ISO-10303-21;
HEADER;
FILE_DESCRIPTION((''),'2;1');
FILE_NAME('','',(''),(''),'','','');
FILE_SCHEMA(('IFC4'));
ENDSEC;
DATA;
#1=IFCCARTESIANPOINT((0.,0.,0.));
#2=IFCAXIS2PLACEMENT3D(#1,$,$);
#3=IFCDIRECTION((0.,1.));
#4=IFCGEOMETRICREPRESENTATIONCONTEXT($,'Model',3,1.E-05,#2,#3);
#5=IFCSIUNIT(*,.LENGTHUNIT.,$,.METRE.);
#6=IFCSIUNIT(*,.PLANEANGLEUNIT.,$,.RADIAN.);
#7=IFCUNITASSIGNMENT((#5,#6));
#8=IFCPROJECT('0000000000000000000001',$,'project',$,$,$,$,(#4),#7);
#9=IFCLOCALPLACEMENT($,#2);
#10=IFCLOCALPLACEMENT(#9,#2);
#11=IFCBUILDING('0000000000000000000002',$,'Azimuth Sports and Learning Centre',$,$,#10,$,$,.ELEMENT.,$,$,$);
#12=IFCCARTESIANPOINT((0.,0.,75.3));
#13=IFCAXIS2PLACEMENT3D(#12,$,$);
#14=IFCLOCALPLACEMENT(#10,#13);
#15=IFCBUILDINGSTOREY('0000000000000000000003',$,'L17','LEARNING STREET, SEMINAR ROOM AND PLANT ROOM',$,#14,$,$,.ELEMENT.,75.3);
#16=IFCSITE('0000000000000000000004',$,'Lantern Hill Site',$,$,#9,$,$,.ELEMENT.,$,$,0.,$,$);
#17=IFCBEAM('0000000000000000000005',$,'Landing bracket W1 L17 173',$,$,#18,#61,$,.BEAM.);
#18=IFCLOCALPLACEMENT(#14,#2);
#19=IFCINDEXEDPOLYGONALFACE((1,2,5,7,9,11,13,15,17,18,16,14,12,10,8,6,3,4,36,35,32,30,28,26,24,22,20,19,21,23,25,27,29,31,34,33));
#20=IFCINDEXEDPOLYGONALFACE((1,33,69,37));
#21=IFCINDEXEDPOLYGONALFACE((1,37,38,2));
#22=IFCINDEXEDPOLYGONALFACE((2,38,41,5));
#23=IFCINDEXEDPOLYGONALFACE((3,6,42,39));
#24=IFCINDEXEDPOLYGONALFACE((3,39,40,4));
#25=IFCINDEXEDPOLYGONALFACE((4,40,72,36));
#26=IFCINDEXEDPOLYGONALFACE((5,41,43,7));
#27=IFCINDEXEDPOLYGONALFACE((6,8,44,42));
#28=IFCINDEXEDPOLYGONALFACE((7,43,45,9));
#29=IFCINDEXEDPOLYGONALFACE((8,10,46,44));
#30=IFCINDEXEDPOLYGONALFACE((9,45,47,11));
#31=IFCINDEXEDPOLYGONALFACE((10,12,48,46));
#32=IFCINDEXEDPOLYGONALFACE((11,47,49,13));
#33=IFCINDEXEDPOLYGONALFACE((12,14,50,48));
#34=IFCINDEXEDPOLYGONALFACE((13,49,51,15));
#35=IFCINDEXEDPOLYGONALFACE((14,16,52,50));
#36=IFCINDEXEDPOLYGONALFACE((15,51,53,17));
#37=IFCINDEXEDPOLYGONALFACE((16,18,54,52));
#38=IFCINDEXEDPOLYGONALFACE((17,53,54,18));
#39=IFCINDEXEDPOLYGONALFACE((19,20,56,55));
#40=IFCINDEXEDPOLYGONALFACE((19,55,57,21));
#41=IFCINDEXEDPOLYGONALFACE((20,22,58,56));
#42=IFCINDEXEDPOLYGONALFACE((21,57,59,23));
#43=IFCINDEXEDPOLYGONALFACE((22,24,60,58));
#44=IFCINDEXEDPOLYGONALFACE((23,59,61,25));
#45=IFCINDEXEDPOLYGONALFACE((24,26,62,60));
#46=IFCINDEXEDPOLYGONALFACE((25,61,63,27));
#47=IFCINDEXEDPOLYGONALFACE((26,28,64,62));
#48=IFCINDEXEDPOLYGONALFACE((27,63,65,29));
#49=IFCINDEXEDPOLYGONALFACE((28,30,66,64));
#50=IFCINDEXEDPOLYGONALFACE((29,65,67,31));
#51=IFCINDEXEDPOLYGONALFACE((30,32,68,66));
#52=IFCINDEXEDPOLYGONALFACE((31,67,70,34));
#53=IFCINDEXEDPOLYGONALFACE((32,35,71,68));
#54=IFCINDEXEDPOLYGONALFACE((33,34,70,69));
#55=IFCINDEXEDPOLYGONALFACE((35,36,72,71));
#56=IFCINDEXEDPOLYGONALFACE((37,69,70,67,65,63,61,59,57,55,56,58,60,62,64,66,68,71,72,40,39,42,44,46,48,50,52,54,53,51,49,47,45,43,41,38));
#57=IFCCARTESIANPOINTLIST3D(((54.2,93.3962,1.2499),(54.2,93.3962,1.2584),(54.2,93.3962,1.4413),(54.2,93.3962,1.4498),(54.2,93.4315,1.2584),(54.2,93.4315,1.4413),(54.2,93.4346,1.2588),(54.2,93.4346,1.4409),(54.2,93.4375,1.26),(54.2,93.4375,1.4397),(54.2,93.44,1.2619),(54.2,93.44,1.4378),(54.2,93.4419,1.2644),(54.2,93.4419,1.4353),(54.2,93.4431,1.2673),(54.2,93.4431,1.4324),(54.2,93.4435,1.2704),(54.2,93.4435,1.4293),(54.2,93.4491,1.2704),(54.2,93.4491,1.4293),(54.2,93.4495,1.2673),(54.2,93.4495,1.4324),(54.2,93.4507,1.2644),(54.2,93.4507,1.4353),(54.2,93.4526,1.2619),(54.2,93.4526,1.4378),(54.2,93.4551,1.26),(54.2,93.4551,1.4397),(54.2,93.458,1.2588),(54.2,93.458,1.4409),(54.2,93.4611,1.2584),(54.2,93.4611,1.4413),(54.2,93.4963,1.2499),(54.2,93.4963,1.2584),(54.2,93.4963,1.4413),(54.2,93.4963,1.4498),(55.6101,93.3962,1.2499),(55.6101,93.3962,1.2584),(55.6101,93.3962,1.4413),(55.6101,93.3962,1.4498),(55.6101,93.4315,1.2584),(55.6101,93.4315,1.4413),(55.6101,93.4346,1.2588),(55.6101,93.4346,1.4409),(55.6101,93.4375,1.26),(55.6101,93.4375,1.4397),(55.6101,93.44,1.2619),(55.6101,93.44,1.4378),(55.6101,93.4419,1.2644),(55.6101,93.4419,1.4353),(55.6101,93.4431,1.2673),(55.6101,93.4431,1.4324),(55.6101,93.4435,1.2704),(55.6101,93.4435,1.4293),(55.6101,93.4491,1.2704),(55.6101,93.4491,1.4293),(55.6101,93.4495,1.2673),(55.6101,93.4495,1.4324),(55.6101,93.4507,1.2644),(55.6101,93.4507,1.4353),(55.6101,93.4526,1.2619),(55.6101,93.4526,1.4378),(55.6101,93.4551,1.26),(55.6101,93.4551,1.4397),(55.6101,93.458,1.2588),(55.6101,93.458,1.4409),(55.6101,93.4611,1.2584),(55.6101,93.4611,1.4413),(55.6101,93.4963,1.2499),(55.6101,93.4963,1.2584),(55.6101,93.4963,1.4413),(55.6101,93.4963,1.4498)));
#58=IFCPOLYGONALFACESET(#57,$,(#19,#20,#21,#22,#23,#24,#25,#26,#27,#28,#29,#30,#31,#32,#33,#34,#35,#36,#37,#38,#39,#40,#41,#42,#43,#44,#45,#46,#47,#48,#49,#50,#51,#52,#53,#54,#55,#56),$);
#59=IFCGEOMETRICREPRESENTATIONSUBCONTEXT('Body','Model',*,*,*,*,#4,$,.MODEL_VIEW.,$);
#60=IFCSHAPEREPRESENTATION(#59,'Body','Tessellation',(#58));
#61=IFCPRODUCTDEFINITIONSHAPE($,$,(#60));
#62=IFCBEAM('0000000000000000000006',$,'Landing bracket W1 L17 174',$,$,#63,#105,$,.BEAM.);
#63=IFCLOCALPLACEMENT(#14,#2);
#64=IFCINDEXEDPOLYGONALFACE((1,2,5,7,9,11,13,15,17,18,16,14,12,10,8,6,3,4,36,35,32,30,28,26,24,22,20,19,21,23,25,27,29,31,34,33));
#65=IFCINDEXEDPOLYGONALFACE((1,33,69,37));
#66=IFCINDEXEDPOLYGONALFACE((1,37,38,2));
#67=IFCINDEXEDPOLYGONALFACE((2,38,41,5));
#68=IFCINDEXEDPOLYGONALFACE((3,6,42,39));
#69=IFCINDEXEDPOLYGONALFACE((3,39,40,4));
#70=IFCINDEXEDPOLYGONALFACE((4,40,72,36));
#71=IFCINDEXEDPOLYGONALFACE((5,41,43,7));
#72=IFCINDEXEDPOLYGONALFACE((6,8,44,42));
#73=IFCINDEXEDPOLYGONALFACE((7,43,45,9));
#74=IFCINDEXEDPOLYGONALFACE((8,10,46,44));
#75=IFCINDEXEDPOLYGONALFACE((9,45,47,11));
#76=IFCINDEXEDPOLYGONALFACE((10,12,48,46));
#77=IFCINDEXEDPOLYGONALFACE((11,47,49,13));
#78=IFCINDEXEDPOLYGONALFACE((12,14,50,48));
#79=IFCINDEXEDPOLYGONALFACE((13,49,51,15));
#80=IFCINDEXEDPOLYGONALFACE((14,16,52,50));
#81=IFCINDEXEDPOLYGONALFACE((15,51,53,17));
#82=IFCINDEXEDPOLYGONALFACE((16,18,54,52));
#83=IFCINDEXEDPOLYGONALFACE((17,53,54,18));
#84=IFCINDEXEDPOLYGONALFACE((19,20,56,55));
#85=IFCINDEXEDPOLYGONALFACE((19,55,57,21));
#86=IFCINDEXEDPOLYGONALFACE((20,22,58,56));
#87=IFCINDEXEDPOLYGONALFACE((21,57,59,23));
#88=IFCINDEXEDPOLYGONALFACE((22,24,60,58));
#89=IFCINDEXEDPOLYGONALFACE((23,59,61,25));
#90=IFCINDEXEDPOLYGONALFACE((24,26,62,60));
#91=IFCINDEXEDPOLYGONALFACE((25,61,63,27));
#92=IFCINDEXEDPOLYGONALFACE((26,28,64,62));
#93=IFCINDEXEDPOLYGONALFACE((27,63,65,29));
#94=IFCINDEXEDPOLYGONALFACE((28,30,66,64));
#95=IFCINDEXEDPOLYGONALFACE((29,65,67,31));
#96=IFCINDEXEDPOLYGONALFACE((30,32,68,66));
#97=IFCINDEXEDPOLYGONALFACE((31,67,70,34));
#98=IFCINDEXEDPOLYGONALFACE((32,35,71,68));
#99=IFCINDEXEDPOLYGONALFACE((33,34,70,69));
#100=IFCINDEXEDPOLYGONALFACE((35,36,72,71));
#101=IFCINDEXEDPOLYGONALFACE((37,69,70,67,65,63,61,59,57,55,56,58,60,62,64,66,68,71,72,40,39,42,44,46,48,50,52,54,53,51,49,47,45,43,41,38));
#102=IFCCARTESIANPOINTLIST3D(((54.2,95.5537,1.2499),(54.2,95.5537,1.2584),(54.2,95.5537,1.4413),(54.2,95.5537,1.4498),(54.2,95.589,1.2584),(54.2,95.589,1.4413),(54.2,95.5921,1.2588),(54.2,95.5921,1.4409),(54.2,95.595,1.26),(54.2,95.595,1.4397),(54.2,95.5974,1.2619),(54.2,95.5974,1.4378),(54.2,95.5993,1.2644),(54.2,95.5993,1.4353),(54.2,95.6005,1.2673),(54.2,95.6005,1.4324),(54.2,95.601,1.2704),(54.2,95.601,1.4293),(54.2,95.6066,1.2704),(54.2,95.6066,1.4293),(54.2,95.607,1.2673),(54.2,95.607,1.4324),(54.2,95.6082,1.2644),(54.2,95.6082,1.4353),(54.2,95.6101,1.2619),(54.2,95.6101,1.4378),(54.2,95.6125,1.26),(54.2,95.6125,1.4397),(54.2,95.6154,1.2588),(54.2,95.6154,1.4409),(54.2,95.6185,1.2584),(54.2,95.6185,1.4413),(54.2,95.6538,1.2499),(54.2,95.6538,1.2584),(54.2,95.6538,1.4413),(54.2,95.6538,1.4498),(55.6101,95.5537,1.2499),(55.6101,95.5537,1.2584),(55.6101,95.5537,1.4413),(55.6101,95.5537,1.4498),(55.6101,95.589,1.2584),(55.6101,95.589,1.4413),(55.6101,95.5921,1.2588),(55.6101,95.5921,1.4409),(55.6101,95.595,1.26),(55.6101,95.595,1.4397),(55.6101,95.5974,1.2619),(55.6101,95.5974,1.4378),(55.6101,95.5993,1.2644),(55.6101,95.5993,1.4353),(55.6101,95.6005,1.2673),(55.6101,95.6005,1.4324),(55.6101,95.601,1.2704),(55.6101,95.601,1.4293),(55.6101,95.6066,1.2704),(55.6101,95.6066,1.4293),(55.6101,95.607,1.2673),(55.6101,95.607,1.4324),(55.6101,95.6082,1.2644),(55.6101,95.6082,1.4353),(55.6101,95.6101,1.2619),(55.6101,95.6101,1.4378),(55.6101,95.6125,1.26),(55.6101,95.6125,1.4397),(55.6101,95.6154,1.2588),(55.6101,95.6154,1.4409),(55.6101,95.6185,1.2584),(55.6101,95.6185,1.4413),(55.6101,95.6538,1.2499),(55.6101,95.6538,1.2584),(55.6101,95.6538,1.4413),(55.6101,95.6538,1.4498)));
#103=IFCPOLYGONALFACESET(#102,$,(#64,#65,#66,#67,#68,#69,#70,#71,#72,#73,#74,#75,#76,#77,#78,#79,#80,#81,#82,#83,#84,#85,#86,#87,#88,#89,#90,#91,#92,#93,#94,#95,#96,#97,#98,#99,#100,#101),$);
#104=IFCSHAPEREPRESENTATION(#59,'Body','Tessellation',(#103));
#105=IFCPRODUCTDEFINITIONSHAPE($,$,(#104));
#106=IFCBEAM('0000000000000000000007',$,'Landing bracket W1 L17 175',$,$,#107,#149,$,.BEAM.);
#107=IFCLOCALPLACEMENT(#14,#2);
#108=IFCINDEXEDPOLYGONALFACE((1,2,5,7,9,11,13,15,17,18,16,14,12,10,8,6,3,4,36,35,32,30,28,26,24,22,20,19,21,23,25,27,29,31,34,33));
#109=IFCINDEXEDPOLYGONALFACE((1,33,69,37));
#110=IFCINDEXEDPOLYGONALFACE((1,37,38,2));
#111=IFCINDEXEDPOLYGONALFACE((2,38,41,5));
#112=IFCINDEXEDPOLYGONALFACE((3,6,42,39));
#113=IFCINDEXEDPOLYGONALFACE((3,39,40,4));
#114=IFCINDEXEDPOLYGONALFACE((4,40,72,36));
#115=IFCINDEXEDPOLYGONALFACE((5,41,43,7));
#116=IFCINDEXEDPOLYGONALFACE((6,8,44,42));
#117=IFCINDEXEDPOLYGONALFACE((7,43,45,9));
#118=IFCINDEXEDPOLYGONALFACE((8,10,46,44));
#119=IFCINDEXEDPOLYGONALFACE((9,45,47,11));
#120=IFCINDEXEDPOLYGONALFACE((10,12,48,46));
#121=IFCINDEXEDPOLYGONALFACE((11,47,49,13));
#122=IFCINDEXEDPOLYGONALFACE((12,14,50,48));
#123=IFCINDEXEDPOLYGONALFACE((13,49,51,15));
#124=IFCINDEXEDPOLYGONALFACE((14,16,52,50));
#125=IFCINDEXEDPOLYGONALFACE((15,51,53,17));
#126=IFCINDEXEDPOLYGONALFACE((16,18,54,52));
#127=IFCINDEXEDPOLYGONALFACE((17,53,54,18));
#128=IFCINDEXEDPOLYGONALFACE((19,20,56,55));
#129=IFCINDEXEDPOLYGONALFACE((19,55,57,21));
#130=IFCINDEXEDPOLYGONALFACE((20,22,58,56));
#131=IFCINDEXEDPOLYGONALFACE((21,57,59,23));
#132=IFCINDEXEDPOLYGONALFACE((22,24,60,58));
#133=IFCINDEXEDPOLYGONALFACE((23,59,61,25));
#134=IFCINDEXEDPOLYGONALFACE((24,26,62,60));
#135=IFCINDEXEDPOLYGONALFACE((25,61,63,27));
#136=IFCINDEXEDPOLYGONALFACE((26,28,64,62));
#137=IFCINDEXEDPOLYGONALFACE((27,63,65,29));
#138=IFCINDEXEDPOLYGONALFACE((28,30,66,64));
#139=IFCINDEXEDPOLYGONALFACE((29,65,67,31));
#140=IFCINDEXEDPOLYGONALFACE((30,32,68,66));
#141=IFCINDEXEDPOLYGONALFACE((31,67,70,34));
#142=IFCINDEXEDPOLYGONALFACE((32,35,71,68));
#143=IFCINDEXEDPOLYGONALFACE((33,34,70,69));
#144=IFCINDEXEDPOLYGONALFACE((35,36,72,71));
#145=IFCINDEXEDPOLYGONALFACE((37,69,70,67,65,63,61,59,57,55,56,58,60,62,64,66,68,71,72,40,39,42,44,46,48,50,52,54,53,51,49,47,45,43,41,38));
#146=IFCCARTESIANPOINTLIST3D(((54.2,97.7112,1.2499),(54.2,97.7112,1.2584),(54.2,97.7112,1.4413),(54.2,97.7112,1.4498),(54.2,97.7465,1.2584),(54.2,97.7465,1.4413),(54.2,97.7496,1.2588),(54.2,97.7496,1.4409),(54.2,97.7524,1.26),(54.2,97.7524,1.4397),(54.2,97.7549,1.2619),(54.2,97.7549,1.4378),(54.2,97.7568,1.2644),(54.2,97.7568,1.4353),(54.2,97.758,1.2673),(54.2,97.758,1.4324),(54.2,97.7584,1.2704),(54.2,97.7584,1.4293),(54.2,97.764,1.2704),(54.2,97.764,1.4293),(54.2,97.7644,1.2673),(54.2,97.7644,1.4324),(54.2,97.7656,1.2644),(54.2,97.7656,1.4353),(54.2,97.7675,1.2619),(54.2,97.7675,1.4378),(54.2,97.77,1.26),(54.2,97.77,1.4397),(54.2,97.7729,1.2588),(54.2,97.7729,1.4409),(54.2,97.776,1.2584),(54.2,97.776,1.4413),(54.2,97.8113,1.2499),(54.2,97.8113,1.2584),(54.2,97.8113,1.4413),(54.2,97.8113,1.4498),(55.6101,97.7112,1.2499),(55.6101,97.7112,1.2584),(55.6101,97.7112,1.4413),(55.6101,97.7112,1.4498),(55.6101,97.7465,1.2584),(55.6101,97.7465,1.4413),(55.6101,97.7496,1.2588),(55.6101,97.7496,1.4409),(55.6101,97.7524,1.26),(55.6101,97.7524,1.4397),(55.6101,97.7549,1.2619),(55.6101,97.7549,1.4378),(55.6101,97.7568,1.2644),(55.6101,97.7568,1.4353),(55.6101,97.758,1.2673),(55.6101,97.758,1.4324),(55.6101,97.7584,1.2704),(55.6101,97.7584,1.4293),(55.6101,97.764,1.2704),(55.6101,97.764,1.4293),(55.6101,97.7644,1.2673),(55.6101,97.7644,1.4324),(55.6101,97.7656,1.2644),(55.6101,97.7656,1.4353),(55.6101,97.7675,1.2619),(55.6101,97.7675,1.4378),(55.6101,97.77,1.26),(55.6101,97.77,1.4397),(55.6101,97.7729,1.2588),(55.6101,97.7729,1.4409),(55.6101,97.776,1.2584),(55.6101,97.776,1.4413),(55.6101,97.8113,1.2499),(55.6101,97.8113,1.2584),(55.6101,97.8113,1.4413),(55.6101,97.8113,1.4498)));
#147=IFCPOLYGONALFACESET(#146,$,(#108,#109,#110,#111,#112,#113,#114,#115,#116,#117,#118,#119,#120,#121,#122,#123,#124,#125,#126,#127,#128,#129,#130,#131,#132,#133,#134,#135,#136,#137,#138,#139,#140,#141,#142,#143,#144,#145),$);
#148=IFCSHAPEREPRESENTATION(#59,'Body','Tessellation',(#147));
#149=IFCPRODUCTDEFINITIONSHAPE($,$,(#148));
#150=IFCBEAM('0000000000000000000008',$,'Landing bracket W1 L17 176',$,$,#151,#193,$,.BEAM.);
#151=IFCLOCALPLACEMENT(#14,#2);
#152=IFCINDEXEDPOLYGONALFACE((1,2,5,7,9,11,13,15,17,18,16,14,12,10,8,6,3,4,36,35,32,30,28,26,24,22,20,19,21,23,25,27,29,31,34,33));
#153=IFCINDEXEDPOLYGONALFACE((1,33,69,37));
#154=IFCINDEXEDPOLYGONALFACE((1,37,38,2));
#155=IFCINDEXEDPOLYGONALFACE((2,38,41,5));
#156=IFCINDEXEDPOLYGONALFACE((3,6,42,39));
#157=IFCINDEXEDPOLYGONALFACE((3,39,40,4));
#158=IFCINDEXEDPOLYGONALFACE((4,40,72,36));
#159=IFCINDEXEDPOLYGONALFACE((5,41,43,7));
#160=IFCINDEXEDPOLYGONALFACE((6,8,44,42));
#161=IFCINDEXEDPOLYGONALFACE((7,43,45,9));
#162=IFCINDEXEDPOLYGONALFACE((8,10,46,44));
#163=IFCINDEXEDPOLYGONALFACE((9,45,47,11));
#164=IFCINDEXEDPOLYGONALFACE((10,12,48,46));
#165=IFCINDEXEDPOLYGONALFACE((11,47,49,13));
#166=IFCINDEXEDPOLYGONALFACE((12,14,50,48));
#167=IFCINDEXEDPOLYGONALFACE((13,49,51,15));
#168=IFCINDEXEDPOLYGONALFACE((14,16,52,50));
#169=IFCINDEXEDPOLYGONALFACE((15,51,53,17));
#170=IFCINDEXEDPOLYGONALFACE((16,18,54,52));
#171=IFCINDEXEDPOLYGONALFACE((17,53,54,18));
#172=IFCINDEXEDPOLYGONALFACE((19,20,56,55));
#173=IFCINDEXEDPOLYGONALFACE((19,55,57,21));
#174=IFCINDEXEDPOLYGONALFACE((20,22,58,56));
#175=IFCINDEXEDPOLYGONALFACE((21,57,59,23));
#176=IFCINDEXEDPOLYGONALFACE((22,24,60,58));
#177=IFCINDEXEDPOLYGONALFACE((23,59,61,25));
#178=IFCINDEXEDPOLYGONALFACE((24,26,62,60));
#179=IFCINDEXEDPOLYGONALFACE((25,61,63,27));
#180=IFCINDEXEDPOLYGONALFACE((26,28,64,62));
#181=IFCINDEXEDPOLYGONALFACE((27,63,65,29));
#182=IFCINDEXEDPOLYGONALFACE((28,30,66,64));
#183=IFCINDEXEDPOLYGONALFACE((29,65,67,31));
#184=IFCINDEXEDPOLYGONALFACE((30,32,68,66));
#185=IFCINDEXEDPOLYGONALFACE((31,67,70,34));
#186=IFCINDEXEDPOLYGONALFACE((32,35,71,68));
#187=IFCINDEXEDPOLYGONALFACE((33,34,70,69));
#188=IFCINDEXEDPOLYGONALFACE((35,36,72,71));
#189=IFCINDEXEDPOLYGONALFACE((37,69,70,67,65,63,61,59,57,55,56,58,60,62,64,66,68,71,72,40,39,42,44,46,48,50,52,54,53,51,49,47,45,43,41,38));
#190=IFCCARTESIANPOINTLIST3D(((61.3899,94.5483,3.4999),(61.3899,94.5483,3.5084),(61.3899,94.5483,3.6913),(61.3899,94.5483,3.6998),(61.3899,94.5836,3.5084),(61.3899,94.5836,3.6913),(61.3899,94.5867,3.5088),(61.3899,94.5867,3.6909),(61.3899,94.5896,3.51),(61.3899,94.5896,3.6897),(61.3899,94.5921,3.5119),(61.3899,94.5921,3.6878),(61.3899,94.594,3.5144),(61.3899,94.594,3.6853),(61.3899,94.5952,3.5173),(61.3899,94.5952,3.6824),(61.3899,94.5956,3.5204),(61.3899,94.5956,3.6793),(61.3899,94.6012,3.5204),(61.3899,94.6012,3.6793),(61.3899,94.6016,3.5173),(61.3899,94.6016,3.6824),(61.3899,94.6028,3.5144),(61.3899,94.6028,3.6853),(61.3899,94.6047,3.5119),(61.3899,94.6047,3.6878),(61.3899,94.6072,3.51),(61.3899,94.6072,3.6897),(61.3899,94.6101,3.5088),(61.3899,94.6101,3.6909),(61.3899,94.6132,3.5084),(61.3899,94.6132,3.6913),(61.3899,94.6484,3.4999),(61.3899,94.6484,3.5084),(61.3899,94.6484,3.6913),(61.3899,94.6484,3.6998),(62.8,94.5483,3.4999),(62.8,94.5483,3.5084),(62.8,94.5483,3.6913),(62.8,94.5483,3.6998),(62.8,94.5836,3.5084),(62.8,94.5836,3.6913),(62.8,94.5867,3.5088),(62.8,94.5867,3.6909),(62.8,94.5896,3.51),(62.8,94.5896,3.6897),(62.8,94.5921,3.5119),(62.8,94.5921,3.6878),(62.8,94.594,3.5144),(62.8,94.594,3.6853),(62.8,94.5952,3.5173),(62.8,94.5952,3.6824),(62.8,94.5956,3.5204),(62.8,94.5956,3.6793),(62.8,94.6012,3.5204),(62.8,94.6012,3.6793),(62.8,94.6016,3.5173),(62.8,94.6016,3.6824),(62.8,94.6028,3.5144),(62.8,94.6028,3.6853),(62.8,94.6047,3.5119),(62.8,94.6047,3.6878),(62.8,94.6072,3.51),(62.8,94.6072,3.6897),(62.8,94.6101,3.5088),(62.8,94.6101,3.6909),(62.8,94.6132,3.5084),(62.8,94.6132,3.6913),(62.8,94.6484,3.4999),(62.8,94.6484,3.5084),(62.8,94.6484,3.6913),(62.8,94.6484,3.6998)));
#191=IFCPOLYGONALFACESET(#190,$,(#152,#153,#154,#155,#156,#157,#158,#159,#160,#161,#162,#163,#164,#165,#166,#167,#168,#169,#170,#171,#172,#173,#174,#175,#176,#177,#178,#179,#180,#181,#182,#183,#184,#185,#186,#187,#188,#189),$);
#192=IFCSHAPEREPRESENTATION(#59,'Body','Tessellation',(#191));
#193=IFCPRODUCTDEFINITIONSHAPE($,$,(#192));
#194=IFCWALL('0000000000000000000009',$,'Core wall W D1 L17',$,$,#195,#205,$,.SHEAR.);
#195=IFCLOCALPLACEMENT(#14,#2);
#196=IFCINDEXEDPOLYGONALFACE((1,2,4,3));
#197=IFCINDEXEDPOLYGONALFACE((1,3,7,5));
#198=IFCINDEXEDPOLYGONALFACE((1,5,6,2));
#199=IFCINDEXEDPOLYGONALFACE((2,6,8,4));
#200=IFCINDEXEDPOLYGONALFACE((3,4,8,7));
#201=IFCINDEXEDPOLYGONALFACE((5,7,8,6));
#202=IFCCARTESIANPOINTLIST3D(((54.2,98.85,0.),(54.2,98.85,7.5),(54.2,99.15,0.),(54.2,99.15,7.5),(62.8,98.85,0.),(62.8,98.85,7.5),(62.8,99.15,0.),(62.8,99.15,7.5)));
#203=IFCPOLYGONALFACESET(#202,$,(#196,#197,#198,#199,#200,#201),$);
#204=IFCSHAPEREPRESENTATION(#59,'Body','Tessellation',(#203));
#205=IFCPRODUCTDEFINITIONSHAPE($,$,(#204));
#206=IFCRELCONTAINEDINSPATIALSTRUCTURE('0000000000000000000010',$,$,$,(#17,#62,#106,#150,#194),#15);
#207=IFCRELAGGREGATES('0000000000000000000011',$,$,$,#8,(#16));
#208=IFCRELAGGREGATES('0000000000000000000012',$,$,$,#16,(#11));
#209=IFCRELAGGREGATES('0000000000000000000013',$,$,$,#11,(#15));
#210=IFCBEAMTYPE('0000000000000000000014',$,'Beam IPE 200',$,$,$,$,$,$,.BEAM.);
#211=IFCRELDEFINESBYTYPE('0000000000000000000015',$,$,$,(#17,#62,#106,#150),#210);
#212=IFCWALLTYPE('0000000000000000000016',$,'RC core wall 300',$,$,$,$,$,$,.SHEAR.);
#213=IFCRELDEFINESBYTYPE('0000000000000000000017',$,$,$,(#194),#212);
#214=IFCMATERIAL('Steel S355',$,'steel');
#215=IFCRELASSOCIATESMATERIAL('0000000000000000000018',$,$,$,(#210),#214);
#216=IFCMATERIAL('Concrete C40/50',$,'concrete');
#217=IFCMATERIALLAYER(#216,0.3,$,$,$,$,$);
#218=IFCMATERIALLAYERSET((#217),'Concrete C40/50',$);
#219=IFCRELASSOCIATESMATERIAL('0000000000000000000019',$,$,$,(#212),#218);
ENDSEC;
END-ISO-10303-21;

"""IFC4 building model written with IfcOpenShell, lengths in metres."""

from ifc_helpers import new_model, si_unit, direction, frame, frame_2d, origin, origin_2d, place, context, subcontext, project, spatial, rectangle, i_section, extrude, material, layer, layer_set, material_profile, profile_set, type_object, element, save


model = new_model("IFC4")

# Units and contexts
model_context = context("Model", 3, precision=1e-05, world=origin(), true_north=direction((0.0, 1.0)))
body_context = subcontext(model_context, "Body", "Model", "MODEL_VIEW")
ifc_project = project(units=[si_unit("LENGTHUNIT", "METRE"), si_unit("PLANEANGLEUNIT", "RADIAN")], contexts=[model_context])

# Site, building, storey
site_placement = place(None, origin())
site = spatial("IfcSite", under=ifc_project, at=site_placement, Name="Lantern Hill Site", CompositionType="ELEMENT", RefElevation=0.0)
building_placement = place(site_placement, origin())
building = spatial("IfcBuilding", under=site, at=building_placement, Name="Azimuth Sports and Learning Centre", CompositionType="ELEMENT")
storey_placement = place(building_placement, frame((0.0, 0.0, 75.3)))
storey = spatial("IfcBuildingStorey", under=building, at=storey_placement, Name="L17", Description="LEARNING STREET, SEMINAR ROOM AND PLANT ROOM", CompositionType="ELEMENT", Elevation=75.3)

# Beams
ifc_material_1 = material(Name="Steel S355", Category="steel")
ifc_material_profile = material_profile(ifc_material_1, i_section(OverallWidth=0.1001, OverallDepth=0.2, WebThickness=0.0056, FlangeThickness=0.0085, FilletRadius=0.012, at=origin_2d()), Name="IPE 200")
ifc_profile_set = profile_set([ifc_material_profile], Name="Steel S355")
beam_type = type_object("IfcBeamType", Name="Beam IPE 200", PredefinedType="BEAM", material=ifc_profile_set)
for number, where, z_axis, x_axis, name in (
    (1, (54.2, 93.4463, 1.3499), (1.0, 0.0, 0.0), (0.0, 1.0, 0.0), "Landing bracket W1 L17 173"),
    (2, (54.2, 95.6038, 1.3499), (1.0, 0.0, 0.0), (0.0, 1.0, 0.0), "Landing bracket W1 L17 174"),
    (3, (54.2, 97.7612, 1.3499), (1.0, 0.0, 0.0), (0.0, 1.0, 0.0), "Landing bracket W1 L17 175"),
    (4, (62.8, 94.5984, 3.5999), (-1.0, 0.0, 0.0), (0.0, -1.0, 0.0), "Landing bracket W1 L17 176"),
):
    element("IfcBeam", number, at=place(storey_placement, frame(where, z_axis=z_axis, x_axis=x_axis)), inside=storey, type_object=beam_type, Name=name, PredefinedType="BEAM", context=body_context, shape_type="SweptSolid", body=[
        extrude(i_section(OverallWidth=0.1001, OverallDepth=0.2, WebThickness=0.0056, FlangeThickness=0.0085, FilletRadius=0.012, at=origin_2d()), origin(), (0.0, 0.0, 1.0), 1.4102),
    ])

# Wall
ifc_material_2 = material(Name="Concrete C40/50", Category="concrete")
ifc_layer_1 = layer(ifc_material_2, 0.3)
ifc_layer_set_1 = layer_set([ifc_layer_1], Name="Concrete C40/50")
wall_type_1 = type_object("IfcWallType", Name="RC core wall 300", PredefinedType="SHEAR", material=ifc_layer_set_1)
wall_placement = place(storey_placement, frame((54.2, 99.0, 0.0), z_axis=(0.0, 0.0, 1.0), x_axis=(1.0, 0.0, 0.0)))
element("IfcWall", 5, at=wall_placement, inside=storey, type_object=wall_type_1, Name="Core wall W D1 L17", PredefinedType="SHEAR", context=body_context, shape_type="SweptSolid", body=[
    extrude(rectangle(XDim=8.6001, YDim=0.3, at=frame_2d((4.3, 0.0))), origin(), (0.0, 0.0, 1.0), 7.5),
])

save(model, "model.ifc")
